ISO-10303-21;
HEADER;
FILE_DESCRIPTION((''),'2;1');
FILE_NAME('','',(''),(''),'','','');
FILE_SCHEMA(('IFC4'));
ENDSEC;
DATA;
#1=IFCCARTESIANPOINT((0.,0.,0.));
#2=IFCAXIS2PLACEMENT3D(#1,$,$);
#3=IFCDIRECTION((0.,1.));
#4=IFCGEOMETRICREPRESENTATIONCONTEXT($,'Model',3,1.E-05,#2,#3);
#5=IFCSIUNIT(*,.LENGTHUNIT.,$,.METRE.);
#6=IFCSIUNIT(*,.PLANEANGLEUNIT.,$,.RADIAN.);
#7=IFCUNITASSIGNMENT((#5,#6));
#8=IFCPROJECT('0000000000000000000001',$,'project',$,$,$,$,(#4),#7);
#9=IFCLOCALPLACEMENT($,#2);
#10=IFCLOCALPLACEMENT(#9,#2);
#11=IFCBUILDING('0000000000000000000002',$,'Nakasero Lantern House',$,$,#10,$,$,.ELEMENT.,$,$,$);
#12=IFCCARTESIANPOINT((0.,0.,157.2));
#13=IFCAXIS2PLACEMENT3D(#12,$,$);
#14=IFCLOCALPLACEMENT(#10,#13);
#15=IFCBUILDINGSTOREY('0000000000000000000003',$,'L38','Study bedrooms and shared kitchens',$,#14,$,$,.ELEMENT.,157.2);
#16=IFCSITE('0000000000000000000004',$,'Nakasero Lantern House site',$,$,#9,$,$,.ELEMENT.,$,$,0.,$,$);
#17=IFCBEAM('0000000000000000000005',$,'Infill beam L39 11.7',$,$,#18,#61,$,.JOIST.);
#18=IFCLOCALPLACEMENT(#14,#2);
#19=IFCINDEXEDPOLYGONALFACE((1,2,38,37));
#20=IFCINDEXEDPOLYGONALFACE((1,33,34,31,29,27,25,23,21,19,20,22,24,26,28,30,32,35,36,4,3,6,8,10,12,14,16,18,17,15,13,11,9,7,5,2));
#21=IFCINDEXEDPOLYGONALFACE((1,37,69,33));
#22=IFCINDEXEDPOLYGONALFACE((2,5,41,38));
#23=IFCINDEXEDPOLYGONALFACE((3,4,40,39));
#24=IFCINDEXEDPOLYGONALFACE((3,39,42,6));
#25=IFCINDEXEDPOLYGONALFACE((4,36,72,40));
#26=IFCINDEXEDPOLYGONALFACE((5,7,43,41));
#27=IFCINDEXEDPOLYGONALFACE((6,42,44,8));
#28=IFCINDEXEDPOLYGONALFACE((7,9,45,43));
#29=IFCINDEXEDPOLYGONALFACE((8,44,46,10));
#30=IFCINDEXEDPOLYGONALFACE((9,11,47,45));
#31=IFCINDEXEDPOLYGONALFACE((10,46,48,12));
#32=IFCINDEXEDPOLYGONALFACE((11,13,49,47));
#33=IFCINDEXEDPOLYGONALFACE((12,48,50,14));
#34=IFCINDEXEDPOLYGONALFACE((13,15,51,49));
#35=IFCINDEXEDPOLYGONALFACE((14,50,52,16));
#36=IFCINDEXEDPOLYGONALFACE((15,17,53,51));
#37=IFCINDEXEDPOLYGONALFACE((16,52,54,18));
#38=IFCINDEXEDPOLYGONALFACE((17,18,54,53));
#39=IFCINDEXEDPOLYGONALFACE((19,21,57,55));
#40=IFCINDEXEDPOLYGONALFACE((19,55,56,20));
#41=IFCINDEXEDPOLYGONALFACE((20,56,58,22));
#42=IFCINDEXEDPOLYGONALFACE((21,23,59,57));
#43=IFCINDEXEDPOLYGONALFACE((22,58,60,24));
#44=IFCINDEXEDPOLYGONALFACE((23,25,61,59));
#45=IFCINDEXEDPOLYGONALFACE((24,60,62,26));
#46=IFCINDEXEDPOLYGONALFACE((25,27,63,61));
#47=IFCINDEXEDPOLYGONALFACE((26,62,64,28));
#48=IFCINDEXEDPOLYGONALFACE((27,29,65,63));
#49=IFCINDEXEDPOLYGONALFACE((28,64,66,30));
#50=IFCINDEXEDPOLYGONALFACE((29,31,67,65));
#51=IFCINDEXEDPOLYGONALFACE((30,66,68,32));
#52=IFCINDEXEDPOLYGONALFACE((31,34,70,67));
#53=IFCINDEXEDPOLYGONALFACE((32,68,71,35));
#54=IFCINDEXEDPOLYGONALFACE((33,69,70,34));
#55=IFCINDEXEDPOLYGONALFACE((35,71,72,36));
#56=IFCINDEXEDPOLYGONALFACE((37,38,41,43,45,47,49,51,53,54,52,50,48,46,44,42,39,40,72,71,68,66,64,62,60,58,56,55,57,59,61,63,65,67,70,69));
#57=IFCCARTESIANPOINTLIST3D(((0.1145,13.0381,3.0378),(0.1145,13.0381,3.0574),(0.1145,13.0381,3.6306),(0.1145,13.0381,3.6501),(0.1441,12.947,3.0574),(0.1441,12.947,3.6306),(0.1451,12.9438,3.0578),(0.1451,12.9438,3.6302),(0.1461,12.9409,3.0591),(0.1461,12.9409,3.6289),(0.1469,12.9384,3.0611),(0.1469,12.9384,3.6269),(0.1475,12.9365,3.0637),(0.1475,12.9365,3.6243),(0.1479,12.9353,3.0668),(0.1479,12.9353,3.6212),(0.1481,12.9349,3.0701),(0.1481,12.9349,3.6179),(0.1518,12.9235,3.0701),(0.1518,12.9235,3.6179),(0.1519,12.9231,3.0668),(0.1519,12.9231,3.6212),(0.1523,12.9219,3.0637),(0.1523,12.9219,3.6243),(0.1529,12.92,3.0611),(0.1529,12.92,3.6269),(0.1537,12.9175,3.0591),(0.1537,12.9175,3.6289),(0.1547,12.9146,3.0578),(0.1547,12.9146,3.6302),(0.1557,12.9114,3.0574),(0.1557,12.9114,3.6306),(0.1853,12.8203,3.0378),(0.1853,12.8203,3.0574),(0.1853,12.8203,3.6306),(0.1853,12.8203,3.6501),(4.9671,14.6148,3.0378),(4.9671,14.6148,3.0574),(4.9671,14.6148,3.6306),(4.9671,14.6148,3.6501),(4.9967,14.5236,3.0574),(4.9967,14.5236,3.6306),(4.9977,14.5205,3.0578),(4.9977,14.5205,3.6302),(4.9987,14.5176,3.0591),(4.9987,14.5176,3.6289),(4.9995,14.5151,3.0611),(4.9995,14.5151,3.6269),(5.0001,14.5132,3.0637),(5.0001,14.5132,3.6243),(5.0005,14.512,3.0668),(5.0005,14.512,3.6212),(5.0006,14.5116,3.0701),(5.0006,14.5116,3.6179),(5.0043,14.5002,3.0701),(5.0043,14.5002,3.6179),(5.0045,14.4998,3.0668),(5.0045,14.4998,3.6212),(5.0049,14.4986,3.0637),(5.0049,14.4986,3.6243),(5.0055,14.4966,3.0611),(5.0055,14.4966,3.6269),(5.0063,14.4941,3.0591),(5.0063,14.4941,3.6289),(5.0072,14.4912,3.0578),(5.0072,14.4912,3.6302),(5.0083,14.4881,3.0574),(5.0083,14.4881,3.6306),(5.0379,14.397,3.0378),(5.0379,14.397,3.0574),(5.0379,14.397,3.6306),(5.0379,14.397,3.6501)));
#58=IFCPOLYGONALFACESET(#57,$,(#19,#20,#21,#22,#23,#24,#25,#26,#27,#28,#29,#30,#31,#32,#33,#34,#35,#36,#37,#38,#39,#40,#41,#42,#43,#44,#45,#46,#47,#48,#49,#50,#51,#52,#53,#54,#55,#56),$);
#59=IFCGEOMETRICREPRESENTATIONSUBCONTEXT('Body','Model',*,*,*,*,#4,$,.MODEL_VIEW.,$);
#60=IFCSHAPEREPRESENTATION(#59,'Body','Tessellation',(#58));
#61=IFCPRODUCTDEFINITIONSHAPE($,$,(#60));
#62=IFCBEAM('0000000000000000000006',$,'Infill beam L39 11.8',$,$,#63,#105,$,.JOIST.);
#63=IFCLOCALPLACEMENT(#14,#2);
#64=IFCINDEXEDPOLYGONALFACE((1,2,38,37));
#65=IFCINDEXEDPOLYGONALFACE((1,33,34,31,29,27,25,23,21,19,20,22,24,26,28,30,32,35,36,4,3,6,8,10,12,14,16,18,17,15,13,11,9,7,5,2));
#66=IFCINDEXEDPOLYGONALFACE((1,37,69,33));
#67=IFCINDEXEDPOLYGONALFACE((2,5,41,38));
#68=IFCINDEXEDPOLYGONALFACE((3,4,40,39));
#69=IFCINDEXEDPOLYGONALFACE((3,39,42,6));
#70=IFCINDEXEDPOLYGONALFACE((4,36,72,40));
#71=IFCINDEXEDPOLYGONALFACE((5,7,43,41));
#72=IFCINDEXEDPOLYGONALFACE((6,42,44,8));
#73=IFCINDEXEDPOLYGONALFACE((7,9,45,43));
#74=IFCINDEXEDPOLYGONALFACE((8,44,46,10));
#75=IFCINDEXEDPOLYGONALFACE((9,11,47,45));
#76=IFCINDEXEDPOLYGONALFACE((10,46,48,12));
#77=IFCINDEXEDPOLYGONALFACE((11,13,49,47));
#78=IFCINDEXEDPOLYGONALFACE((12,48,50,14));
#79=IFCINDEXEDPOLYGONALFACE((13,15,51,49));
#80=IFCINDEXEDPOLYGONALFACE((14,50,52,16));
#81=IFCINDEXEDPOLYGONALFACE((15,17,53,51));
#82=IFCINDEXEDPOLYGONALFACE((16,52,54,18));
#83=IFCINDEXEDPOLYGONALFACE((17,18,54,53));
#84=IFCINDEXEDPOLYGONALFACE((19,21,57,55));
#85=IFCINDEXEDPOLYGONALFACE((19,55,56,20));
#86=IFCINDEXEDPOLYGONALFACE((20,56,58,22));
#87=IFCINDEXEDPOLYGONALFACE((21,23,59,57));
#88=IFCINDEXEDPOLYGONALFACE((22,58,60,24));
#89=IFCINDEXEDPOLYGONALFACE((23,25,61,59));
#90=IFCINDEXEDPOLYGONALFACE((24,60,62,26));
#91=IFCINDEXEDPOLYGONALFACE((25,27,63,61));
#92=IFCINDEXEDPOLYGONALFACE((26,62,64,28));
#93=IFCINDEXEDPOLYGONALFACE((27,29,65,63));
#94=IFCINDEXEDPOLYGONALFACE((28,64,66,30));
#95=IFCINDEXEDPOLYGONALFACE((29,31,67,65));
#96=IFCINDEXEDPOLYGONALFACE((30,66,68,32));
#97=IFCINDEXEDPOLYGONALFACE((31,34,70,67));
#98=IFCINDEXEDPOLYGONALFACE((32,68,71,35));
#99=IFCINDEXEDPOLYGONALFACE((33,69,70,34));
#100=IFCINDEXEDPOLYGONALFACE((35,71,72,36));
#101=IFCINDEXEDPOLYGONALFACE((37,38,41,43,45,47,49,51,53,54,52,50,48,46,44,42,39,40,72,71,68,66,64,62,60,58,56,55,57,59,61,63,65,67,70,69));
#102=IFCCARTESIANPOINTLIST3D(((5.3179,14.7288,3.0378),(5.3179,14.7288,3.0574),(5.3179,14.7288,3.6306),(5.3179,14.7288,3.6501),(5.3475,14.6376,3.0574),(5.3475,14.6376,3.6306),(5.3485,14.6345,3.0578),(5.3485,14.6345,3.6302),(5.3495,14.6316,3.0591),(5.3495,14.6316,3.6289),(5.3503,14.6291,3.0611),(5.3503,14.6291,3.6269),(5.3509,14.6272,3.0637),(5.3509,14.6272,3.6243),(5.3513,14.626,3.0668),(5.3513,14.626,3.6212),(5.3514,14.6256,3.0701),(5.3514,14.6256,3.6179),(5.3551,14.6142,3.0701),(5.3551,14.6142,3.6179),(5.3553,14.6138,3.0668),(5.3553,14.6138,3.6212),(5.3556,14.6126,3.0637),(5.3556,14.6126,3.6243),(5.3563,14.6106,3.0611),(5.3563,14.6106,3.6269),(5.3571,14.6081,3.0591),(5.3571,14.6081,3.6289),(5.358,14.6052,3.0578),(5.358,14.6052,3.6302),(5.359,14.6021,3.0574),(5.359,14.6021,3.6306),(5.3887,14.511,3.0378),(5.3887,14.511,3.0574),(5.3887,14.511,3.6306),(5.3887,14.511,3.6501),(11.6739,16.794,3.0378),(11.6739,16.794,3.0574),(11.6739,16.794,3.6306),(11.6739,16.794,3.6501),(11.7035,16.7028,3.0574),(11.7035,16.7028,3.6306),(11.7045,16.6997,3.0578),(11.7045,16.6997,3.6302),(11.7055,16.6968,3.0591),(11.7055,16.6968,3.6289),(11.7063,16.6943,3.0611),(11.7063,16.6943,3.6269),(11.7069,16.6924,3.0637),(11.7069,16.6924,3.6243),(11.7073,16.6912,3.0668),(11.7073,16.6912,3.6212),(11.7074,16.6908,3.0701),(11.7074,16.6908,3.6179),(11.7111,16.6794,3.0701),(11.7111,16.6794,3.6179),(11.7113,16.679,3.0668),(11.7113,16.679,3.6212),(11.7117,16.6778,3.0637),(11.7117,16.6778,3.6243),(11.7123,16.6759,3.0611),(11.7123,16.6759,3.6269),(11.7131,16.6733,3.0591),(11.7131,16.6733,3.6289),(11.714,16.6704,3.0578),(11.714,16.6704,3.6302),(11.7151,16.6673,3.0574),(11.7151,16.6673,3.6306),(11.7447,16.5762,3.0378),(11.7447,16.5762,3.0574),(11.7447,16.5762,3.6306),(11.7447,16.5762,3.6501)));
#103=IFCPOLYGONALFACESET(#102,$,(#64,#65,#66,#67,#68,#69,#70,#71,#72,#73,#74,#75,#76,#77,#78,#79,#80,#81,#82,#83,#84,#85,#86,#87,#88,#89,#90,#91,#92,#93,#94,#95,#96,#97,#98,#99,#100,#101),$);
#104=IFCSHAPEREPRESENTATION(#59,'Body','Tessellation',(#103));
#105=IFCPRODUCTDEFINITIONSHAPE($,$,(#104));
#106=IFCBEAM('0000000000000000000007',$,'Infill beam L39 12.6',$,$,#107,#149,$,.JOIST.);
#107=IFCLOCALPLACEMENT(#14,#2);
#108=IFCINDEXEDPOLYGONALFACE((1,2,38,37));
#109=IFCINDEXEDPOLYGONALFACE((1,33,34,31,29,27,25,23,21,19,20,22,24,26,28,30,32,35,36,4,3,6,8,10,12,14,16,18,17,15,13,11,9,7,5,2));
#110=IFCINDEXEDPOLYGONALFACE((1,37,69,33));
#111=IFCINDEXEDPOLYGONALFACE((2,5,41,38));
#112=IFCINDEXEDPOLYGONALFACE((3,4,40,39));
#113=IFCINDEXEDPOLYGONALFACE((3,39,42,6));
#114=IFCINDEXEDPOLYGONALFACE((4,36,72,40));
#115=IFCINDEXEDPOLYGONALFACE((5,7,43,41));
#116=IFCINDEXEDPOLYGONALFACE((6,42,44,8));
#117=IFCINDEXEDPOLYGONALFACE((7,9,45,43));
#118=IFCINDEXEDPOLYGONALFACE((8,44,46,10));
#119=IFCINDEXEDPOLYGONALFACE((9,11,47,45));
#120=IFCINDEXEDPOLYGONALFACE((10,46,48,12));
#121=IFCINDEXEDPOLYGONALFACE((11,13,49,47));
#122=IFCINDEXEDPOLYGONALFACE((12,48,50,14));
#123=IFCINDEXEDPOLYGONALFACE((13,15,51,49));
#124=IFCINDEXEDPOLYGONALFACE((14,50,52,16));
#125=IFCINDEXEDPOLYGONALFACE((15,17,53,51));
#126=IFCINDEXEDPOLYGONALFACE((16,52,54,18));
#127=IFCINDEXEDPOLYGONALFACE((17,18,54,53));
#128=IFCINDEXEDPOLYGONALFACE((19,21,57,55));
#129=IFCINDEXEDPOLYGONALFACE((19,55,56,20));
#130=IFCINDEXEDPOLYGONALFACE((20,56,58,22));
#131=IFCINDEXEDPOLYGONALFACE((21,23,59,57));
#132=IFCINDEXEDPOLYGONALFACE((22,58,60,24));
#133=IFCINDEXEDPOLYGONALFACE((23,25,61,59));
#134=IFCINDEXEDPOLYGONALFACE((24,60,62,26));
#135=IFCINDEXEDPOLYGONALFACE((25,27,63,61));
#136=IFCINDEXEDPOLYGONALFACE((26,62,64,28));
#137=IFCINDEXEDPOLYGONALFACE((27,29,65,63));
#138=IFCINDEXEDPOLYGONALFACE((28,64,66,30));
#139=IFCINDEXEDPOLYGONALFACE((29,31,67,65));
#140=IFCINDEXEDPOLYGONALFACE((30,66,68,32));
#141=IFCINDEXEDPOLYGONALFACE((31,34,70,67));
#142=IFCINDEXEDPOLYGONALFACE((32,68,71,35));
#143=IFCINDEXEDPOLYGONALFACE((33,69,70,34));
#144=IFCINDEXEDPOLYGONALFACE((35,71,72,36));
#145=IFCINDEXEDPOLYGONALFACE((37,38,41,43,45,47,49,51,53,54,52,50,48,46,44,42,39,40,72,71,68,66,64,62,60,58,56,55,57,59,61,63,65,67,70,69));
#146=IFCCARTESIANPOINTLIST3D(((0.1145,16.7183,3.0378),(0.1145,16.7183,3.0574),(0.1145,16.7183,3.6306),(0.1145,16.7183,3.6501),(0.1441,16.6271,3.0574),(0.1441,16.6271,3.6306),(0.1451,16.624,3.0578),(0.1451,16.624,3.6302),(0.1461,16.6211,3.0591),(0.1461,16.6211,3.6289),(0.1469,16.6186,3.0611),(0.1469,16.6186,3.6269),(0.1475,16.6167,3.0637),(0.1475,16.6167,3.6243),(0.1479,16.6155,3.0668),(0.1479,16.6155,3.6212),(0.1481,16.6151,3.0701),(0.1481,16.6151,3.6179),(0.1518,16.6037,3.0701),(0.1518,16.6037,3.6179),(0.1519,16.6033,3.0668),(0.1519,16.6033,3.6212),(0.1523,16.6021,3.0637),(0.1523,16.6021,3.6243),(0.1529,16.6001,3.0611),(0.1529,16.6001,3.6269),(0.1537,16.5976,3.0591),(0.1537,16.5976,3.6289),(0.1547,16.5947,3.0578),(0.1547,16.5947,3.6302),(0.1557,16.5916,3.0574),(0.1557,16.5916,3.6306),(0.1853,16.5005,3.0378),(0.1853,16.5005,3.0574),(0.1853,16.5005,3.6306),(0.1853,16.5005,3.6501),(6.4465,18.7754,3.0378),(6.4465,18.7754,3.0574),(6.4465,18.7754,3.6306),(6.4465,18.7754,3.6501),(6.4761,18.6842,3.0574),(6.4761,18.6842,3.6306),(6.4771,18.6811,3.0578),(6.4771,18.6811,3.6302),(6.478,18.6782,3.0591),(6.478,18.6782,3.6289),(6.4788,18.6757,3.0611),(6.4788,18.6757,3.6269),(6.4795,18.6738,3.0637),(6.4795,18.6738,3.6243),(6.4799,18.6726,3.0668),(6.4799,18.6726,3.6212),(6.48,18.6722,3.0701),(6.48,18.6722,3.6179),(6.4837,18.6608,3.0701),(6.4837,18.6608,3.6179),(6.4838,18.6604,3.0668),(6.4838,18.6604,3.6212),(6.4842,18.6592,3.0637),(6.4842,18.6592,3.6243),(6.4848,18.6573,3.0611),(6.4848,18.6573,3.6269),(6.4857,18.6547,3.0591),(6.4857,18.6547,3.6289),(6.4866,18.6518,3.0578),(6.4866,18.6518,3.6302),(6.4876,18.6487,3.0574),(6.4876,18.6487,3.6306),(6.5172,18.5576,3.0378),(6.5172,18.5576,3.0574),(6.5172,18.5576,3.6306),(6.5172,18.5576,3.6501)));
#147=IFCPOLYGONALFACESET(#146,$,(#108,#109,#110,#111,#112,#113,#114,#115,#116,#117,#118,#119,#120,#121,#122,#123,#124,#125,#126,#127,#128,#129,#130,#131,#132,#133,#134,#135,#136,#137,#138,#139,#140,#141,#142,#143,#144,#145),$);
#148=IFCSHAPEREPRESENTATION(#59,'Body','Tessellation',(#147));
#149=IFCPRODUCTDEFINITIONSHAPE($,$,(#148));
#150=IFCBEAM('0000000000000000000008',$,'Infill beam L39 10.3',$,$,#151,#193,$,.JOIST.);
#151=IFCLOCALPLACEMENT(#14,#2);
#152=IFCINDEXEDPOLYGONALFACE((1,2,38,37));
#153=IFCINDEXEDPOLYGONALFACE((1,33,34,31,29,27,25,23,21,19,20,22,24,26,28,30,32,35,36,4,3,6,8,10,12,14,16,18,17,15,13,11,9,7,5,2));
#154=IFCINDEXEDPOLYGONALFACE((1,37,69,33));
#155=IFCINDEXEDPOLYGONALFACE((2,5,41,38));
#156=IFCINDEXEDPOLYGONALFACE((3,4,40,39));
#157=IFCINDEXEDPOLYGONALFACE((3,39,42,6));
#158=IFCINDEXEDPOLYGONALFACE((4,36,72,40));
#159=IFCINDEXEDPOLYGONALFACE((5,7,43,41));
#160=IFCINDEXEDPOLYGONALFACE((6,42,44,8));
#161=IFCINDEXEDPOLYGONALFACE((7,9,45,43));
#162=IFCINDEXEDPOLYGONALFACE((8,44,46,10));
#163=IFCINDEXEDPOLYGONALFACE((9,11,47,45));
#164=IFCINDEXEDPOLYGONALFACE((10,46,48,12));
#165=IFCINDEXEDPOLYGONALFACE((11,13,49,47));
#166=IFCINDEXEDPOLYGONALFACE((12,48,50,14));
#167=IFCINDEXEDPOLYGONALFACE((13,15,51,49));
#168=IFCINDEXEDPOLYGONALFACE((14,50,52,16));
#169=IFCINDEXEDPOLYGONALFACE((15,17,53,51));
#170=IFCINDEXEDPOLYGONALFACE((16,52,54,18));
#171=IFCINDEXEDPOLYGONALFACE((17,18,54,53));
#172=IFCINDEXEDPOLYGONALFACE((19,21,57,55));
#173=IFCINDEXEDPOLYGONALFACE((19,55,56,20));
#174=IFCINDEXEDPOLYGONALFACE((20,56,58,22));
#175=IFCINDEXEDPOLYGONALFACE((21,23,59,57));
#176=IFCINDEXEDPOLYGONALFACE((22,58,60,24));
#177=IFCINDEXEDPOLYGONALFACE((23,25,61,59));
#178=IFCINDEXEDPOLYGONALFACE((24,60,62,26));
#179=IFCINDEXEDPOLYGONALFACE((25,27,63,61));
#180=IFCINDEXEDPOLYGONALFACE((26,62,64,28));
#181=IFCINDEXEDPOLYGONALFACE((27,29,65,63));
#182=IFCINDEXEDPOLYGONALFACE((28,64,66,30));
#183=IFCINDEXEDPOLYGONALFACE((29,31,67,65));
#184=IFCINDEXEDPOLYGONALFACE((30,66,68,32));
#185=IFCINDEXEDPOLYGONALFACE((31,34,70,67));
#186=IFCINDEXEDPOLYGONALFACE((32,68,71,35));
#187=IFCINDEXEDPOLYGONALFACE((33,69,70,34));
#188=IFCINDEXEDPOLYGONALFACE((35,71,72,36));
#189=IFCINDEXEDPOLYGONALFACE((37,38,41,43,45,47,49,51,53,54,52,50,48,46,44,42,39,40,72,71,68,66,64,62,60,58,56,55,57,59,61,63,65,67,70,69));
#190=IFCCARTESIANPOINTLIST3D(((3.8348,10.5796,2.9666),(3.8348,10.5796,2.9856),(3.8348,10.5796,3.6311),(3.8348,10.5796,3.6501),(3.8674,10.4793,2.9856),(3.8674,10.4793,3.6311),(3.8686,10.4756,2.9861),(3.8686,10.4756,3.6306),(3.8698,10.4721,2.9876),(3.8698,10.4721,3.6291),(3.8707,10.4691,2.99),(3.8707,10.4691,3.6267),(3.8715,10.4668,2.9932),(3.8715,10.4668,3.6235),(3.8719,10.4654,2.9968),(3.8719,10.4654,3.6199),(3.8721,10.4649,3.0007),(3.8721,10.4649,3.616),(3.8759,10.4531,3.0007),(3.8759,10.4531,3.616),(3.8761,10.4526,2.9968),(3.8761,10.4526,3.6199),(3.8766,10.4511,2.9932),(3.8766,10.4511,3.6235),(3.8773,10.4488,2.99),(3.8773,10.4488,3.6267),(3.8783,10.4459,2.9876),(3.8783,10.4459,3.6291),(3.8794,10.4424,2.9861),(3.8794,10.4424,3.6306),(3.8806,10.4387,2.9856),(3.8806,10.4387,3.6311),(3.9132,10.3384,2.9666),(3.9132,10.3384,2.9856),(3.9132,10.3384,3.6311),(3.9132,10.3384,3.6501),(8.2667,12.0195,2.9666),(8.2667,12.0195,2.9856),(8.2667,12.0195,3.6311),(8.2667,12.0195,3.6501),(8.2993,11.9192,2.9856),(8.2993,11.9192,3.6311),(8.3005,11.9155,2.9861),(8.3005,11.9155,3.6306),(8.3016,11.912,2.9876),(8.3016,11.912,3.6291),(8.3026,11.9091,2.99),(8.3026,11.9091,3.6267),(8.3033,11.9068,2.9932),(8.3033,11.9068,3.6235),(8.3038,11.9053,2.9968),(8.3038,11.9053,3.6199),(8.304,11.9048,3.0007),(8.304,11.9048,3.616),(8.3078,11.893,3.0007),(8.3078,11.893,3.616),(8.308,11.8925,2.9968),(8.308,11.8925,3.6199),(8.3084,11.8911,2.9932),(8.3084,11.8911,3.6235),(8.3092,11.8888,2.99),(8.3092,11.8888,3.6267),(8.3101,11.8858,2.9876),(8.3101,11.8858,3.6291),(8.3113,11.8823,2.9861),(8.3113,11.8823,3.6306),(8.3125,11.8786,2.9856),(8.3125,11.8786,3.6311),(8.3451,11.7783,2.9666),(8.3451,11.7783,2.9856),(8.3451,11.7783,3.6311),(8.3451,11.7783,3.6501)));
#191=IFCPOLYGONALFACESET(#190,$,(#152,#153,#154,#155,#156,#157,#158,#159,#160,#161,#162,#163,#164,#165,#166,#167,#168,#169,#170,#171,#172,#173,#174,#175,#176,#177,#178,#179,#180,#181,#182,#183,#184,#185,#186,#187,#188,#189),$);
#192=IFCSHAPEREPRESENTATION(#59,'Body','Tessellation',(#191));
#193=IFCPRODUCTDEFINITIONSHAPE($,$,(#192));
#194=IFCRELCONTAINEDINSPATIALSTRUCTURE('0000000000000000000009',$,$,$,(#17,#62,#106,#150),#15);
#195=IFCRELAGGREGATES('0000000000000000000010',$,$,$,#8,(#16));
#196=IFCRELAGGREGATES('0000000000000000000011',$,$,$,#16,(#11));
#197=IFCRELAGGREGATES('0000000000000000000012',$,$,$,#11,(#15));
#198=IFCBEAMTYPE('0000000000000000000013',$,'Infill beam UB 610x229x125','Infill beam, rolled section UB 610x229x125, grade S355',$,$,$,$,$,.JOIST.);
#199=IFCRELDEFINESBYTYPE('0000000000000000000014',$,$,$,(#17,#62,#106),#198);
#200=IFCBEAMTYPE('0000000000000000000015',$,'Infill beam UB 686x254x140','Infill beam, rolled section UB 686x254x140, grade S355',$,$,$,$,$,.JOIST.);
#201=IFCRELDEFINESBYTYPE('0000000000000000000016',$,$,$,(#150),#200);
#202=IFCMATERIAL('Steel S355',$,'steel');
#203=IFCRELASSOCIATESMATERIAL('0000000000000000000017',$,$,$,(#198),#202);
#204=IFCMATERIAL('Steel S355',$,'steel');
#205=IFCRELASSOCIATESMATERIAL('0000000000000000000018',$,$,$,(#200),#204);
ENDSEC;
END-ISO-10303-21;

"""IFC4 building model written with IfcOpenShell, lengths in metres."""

from ifc_helpers import new_model, si_unit, direction, frame, origin, origin_2d, place, context, subcontext, project, spatial, i_section, extrude, material, material_profile, profile_set, type_object, element, save


model = new_model("IFC4")

# Units and contexts
model_context = context("Model", 3, precision=1e-05, world=origin(), true_north=direction((0.0, 1.0)))
body_context = subcontext(model_context, "Body", "Model", "MODEL_VIEW")
ifc_project = project(units=[si_unit("LENGTHUNIT", "METRE"), si_unit("PLANEANGLEUNIT", "RADIAN")], contexts=[model_context])

# Site, building, storey
site_placement = place(None, origin())
site = spatial("IfcSite", under=ifc_project, at=site_placement, Name="Nakasero Lantern House site", CompositionType="ELEMENT", RefElevation=0.0)
building_placement = place(site_placement, origin())
building = spatial("IfcBuilding", under=site, at=building_placement, Name="Nakasero Lantern House", CompositionType="ELEMENT")
storey_placement = place(building_placement, frame((0.0, 0.0, 157.2)))
storey = spatial("IfcBuildingStorey", under=building, at=storey_placement, Name="L38", Description="Study bedrooms and shared kitchens", CompositionType="ELEMENT", Elevation=157.2)

# Beams
ifc_material_1 = material(Name="Steel S355", Category="steel")
ifc_material_profile_1 = material_profile(ifc_material_1, i_section(OverallWidth=0.229, OverallDepth=0.6123, WebThickness=0.012, FlangeThickness=0.0195, FilletRadius=0.0127, at=origin_2d()), Name="UB 610x229x125")
ifc_profile_set_1 = profile_set([ifc_material_profile_1], Name="Steel S355")
beam_type_1 = type_object("IfcBeamType", Name="Infill beam UB 610x229x125", Description="Infill beam, rolled section UB 610x229x125, grade S355", PredefinedType="JOIST", material=ifc_profile_set_1)
beam_1_placement = place(storey_placement, frame((0.1499, 12.9292, 3.344), z_axis=(0.951058, 0.309012, 0.0), x_axis=(-0.309012, 0.951058, 0.0)))
element("IfcBeam", 1, at=beam_1_placement, inside=storey, type_object=beam_type_1, Name="Infill beam L39 11.7", PredefinedType="JOIST", context=body_context, shape_type="SweptSolid", body=[
    extrude(i_section(OverallWidth=0.229, OverallDepth=0.6123, WebThickness=0.012, FlangeThickness=0.0195, FilletRadius=0.0127, at=origin_2d()), origin(), (0.0, 0.0, 1.0), 5.1023),
])
beam_2_placement = place(storey_placement, frame((5.3533, 14.6199, 3.344), z_axis=(0.951056, 0.309018, 0.0), x_axis=(-0.309018, 0.951056, 0.0)))
element("IfcBeam", 2, at=beam_2_placement, inside=storey, type_object=beam_type_1, Name="Infill beam L39 11.8", PredefinedType="JOIST", context=body_context, shape_type="SweptSolid", body=[
    extrude(i_section(OverallWidth=0.229, OverallDepth=0.6123, WebThickness=0.012, FlangeThickness=0.0195, FilletRadius=0.0127, at=origin_2d()), origin(), (0.0, 0.0, 1.0), 6.6831),
])
beam_3_placement = place(storey_placement, frame((0.1499, 16.6094, 3.344), z_axis=(0.951069, 0.30898, 0.0), x_axis=(-0.30898, 0.951069, 0.0)))
element("IfcBeam", 3, at=beam_3_placement, inside=storey, type_object=beam_type_1, Name="Infill beam L39 12.6", PredefinedType="JOIST", context=body_context, shape_type="SweptSolid", body=[
    extrude(i_section(OverallWidth=0.229, OverallDepth=0.6123, WebThickness=0.012, FlangeThickness=0.0195, FilletRadius=0.0127, at=origin_2d()), origin(), (0.0, 0.0, 1.0), 6.6577),
])
ifc_material_2 = material(Name="Steel S355", Category="steel")
ifc_material_profile_2 = material_profile(ifc_material_2, i_section(OverallWidth=0.2537, OverallDepth=0.6836, WebThickness=0.0125, FlangeThickness=0.019, FilletRadius=0.0151, at=origin_2d()), Name="UB 686x254x140")
ifc_profile_set_2 = profile_set([ifc_material_profile_2], Name="Steel S355")
beam_type_2 = type_object("IfcBeamType", Name="Infill beam UB 686x254x140", Description="Infill beam, rolled section UB 686x254x140, grade S355", PredefinedType="JOIST", material=ifc_profile_set_2)
beam_4_placement = place(storey_placement, frame((3.874, 10.459, 3.3083), z_axis=(0.951061, 0.309004, 0.0), x_axis=(-0.309004, 0.951061, 0.0)))
element("IfcBeam", 4, at=beam_4_placement, inside=storey, type_object=beam_type_2, Name="Infill beam L39 10.3", PredefinedType="JOIST", context=body_context, shape_type="SweptSolid", body=[
    extrude(i_section(OverallWidth=0.2537, OverallDepth=0.6836, WebThickness=0.0125, FlangeThickness=0.019, FilletRadius=0.0151, at=origin_2d()), origin(), (0.0, 0.0, 1.0), 4.6599),
])

save(model, "model.ifc")
